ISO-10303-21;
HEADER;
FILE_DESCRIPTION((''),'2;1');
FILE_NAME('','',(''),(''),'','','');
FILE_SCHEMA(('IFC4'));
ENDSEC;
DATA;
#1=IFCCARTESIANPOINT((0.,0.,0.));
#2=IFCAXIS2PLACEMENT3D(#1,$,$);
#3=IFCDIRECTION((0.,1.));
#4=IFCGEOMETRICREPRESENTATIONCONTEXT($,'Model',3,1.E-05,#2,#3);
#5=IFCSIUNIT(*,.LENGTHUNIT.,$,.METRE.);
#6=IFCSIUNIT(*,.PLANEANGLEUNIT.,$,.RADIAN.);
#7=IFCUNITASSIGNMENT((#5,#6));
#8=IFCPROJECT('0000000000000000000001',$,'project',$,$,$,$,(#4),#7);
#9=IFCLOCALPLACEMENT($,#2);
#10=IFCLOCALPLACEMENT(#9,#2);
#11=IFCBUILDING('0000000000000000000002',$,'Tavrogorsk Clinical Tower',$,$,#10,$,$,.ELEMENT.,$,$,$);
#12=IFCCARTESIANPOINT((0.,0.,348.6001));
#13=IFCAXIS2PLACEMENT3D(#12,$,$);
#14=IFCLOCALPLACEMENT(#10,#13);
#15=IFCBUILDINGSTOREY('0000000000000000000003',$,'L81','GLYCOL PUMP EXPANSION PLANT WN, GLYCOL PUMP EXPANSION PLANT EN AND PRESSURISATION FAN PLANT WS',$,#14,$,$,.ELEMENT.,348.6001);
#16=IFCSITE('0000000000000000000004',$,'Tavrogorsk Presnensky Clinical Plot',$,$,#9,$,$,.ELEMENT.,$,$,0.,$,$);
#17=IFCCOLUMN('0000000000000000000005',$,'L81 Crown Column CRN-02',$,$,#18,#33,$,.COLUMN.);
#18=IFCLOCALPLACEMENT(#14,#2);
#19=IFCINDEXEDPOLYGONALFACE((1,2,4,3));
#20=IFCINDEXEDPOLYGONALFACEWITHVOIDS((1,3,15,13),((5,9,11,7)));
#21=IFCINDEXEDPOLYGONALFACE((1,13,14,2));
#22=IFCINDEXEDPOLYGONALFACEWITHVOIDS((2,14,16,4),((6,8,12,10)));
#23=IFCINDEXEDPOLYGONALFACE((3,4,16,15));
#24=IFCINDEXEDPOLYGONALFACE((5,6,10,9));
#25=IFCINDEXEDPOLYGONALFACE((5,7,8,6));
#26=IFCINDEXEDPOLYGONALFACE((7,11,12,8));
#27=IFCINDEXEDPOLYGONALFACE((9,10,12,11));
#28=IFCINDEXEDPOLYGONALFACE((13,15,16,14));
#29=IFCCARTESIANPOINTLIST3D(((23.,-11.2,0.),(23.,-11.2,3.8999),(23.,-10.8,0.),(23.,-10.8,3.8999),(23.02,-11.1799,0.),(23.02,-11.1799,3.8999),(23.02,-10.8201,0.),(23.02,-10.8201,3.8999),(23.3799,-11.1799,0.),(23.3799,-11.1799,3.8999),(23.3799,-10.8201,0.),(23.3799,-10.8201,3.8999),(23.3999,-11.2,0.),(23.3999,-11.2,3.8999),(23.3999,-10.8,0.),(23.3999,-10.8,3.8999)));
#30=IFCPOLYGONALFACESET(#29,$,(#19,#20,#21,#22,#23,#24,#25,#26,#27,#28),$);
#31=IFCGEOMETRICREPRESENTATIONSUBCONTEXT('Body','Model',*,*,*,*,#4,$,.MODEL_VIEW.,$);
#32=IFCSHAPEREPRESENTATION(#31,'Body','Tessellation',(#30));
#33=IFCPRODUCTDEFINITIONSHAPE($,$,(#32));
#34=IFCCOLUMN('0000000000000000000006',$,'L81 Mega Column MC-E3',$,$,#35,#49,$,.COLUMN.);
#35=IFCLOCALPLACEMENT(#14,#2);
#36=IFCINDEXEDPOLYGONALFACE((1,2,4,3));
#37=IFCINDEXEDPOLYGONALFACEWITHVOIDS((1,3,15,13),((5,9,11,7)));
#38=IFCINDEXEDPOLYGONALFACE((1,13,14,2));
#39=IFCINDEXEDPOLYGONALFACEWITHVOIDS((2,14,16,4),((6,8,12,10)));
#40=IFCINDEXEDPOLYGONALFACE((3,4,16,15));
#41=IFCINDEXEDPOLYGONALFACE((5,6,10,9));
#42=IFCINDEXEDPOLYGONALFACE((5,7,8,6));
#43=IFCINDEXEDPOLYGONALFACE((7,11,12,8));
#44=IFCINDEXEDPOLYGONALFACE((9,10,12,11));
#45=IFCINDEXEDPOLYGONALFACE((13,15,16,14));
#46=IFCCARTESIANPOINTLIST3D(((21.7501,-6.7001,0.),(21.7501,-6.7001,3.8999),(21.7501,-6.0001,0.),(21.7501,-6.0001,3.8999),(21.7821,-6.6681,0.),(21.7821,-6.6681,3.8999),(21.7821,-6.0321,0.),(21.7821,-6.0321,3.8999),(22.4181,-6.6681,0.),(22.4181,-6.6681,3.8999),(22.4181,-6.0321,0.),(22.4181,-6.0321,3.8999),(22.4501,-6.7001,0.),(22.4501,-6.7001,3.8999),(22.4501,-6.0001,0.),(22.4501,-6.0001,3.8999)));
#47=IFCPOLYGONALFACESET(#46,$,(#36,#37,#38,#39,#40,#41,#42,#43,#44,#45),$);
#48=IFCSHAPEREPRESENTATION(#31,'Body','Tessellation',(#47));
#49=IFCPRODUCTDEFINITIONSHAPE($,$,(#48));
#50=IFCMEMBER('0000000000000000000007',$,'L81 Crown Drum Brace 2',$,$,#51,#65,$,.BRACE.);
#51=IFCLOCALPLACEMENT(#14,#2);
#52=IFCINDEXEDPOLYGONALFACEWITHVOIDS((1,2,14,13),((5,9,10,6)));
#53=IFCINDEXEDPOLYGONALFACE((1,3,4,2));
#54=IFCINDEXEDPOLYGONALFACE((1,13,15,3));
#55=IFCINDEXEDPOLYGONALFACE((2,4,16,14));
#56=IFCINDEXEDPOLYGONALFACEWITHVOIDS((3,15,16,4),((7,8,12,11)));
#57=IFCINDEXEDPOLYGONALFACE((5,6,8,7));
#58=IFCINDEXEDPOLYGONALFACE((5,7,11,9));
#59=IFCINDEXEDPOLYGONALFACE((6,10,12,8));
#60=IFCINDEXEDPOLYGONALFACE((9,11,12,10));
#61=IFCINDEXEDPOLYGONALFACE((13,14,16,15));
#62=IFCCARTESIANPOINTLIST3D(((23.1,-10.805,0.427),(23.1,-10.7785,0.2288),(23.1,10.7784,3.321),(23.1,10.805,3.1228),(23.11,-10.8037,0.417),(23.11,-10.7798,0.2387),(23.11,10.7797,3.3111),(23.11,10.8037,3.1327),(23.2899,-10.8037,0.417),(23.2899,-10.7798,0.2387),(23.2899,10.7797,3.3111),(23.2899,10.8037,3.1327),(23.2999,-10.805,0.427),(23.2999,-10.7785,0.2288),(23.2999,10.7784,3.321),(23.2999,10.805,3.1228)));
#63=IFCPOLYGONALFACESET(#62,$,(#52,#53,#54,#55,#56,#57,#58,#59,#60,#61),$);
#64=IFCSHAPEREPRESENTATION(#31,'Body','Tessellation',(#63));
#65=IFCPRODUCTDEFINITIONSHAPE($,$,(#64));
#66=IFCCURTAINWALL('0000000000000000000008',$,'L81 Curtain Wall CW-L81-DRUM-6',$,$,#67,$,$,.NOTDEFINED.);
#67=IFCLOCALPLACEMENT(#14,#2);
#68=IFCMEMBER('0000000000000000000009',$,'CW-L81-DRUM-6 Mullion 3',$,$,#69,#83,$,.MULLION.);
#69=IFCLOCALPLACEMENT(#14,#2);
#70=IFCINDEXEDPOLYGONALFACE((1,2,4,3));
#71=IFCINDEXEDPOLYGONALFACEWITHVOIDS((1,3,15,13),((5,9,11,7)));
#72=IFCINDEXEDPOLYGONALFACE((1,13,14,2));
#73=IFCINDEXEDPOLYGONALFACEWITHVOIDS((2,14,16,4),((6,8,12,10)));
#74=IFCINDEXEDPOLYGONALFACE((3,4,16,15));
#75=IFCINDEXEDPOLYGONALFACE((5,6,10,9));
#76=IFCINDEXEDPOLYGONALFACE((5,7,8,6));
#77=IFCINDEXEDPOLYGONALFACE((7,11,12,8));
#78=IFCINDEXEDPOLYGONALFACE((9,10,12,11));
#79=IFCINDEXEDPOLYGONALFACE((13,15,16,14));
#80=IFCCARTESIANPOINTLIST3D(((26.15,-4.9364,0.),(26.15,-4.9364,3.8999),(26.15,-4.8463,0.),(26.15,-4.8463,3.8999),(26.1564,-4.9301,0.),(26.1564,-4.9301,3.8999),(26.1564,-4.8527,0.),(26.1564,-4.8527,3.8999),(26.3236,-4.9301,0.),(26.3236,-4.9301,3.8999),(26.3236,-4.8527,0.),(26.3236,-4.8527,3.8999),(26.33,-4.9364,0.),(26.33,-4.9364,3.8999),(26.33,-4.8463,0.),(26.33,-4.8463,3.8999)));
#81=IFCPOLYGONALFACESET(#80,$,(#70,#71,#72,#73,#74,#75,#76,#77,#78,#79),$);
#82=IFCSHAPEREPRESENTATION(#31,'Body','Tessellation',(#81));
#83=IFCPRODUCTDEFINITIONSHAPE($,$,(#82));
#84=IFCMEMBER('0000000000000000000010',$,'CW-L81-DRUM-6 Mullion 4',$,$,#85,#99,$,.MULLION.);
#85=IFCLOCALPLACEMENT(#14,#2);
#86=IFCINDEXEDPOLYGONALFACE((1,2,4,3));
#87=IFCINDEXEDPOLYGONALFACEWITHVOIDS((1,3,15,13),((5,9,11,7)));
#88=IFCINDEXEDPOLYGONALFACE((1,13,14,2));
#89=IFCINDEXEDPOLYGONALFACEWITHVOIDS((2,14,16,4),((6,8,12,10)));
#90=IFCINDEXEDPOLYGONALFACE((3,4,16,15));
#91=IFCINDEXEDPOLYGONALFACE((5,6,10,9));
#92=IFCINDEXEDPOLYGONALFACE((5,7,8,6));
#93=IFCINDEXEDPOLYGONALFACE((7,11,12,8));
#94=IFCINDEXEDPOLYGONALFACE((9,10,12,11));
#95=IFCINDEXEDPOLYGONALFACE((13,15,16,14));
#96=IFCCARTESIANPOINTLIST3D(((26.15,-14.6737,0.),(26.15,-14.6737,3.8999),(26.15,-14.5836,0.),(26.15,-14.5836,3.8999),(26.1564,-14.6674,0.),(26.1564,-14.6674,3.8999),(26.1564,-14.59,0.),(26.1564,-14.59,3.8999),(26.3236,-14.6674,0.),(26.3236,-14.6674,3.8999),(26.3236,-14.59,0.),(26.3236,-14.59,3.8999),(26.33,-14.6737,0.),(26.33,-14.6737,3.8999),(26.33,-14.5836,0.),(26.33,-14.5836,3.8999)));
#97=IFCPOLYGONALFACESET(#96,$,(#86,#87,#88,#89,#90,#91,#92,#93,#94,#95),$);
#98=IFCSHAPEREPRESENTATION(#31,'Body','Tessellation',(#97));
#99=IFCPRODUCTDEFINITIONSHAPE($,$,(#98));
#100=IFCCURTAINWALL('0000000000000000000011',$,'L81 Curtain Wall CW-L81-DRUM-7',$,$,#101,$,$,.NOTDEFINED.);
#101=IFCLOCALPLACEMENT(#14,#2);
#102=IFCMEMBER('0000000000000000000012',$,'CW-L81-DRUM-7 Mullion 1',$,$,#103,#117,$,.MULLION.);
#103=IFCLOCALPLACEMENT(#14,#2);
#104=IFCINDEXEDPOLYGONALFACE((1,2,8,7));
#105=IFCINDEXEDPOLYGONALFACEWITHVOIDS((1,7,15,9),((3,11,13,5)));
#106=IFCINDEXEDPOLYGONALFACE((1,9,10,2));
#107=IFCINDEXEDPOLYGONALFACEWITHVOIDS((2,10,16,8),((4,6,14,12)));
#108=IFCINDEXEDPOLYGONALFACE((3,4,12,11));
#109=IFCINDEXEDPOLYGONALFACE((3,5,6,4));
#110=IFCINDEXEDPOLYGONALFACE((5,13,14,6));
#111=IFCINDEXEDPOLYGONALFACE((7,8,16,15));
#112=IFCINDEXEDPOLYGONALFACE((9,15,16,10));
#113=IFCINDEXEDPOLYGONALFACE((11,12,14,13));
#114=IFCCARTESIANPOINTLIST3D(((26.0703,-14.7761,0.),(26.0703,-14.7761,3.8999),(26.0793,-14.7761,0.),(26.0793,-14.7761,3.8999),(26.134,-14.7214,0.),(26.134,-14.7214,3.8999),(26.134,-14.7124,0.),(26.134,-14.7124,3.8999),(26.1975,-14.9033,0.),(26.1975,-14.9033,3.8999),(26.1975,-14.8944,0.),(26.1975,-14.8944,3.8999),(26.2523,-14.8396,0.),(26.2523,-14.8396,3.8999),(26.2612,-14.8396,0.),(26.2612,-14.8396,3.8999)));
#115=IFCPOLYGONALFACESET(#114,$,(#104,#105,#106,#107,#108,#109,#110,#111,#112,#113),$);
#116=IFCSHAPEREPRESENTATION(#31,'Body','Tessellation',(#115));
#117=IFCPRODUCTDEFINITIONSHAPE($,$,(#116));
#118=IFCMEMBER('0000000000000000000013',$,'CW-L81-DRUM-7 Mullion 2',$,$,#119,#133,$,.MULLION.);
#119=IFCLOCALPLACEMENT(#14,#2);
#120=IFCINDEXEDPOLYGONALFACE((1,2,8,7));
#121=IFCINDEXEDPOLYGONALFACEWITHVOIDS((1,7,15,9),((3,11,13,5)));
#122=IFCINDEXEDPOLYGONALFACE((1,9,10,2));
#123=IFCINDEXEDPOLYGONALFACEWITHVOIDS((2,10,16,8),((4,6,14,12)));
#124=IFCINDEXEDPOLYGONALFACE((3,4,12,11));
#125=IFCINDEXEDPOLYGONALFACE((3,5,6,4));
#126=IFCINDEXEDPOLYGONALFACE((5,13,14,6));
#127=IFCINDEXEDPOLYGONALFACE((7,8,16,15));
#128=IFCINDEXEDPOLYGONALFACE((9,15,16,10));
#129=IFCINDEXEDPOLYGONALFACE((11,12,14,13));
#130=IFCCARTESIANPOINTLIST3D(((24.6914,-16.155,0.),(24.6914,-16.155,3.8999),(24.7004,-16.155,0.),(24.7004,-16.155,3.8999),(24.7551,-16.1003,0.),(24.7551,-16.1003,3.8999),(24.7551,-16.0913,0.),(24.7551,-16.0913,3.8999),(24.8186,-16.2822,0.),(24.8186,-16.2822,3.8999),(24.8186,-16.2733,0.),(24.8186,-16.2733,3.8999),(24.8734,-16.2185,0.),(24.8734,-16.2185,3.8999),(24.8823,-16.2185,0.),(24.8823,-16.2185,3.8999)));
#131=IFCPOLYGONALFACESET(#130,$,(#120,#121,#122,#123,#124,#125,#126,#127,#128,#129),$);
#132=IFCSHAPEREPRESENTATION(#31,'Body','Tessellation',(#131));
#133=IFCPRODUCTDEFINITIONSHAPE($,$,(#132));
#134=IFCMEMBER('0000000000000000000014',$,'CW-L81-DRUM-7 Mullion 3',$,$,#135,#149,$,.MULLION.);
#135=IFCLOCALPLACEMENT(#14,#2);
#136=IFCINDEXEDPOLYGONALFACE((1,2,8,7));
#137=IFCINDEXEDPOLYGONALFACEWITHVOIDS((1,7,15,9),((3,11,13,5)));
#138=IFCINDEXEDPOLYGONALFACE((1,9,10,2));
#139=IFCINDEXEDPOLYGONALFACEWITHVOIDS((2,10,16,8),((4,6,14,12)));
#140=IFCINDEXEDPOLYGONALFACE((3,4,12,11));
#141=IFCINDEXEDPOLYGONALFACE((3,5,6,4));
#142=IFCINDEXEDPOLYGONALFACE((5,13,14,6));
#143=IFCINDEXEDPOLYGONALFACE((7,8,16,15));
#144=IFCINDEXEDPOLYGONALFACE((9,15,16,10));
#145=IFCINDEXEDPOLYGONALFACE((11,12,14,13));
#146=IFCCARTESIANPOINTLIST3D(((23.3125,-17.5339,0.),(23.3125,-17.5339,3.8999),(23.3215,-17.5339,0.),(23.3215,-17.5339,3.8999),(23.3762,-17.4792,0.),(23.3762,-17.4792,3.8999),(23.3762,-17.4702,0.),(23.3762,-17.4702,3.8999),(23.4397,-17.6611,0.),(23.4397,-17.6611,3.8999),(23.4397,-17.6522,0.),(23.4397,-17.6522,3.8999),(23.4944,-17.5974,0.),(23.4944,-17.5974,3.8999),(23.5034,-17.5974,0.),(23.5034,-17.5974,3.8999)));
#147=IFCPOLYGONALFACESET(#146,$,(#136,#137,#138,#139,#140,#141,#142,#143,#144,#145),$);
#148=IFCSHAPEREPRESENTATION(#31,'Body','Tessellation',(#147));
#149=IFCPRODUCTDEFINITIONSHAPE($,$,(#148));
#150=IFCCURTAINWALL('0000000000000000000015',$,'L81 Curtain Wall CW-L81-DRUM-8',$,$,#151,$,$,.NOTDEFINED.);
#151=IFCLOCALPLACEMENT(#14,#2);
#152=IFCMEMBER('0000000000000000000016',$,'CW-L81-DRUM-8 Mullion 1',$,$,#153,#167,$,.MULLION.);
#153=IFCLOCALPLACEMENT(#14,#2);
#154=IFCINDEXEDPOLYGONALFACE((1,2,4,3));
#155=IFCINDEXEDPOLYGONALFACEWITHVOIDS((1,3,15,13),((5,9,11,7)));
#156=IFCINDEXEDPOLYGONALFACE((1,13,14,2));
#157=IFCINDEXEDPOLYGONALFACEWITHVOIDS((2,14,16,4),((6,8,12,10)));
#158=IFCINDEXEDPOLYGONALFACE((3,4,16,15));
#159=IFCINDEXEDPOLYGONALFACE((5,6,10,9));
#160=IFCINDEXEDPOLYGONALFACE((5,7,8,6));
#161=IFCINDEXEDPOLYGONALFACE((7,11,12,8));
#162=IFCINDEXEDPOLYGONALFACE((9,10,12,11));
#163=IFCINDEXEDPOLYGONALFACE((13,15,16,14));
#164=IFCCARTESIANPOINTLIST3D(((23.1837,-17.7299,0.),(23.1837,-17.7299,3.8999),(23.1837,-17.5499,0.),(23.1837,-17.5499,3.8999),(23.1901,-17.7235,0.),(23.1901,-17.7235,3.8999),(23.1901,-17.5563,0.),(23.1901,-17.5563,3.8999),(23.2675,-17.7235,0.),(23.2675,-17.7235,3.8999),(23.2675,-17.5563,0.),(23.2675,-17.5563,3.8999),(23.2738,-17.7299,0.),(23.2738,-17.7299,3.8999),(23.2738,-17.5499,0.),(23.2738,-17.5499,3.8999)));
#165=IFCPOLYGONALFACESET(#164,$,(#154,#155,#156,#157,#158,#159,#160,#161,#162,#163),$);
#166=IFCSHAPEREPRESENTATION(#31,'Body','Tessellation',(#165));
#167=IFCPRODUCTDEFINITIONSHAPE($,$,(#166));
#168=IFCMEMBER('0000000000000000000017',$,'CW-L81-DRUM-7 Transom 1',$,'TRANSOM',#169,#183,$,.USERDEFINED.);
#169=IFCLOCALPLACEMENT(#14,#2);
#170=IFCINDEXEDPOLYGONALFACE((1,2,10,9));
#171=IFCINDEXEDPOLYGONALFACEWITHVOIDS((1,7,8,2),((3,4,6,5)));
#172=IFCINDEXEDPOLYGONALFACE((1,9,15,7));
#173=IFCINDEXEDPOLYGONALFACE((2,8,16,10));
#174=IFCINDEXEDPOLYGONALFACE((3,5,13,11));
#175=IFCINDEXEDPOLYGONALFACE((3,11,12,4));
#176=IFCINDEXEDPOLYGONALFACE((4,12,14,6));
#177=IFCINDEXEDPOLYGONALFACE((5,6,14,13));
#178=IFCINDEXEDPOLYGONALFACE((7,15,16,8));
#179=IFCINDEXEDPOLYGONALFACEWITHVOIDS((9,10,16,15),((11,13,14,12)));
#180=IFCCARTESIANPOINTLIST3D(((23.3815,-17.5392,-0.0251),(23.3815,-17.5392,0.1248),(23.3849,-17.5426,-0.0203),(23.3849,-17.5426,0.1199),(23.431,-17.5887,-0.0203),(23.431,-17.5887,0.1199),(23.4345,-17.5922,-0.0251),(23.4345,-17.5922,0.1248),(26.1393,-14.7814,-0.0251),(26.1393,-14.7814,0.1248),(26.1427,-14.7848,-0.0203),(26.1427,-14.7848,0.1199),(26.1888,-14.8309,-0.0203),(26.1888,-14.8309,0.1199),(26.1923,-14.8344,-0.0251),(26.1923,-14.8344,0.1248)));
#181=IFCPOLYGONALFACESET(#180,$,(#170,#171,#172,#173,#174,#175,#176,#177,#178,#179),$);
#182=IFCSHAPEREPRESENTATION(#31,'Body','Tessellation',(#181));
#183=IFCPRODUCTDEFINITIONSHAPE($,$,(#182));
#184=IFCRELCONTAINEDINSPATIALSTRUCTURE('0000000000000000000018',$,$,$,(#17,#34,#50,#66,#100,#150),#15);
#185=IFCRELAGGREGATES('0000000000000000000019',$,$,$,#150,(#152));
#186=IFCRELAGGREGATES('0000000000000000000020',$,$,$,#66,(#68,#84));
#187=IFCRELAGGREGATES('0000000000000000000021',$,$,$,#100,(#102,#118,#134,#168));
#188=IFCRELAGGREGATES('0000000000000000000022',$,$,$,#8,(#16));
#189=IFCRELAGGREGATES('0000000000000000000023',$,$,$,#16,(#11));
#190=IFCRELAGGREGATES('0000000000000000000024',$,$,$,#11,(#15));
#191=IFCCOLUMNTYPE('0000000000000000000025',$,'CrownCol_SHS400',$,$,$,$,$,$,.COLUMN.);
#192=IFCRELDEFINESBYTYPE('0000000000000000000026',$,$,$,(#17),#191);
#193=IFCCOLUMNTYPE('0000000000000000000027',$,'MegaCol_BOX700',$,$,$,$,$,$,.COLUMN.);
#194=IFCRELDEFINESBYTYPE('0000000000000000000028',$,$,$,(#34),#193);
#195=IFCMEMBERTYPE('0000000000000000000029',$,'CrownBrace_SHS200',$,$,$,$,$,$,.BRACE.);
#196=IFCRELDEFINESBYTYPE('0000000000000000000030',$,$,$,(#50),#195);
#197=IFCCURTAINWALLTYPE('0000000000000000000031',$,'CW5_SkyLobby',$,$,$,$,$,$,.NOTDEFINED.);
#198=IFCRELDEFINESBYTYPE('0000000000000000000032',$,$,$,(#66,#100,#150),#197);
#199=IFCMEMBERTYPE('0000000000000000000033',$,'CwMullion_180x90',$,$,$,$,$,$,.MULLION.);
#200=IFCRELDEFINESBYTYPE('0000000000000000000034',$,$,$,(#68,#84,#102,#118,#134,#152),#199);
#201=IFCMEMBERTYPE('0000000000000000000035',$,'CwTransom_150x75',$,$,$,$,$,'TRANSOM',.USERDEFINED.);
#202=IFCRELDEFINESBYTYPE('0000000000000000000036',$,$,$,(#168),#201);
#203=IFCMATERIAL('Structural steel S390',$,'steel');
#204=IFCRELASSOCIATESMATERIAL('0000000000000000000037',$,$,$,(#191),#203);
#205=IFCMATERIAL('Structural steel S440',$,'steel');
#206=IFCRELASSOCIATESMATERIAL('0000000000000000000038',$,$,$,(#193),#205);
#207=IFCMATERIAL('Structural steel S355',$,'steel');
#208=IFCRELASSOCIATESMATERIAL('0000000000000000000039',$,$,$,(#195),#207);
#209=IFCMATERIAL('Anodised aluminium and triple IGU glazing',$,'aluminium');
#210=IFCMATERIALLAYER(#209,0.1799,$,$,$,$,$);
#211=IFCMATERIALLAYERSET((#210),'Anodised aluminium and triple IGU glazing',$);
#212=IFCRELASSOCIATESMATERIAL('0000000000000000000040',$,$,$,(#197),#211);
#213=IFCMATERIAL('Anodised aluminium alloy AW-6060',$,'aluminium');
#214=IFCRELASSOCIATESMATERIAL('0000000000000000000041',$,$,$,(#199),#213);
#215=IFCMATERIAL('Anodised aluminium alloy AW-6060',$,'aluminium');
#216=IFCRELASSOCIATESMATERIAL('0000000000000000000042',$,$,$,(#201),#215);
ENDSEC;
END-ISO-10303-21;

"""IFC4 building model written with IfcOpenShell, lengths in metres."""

from ifc_helpers import new_model, si_unit, direction, frame, origin, origin_2d, place, context, subcontext, project, spatial, hollow_rectangle, extrude, material, layer, layer_set, material_profile, profile_set, type_object, element, aggregate, save


model = new_model("IFC4")

# Units and contexts
model_context = context("Model", 3, precision=1e-05, world=origin(), true_north=direction((0.0, 1.0)))
body_context = subcontext(model_context, "Body", "Model", "MODEL_VIEW")
ifc_project = project(units=[si_unit("LENGTHUNIT", "METRE"), si_unit("PLANEANGLEUNIT", "RADIAN")], contexts=[model_context])

# Site, building, storey
site_placement = place(None, origin())
site = spatial("IfcSite", under=ifc_project, at=site_placement, Name="Tavrogorsk Presnensky Clinical Plot", CompositionType="ELEMENT", RefElevation=0.0)
building_placement = place(site_placement, origin())
building = spatial("IfcBuilding", under=site, at=building_placement, Name="Tavrogorsk Clinical Tower", CompositionType="ELEMENT")
storey_placement = place(building_placement, frame((0.0, 0.0, 348.6001)))
storey = spatial("IfcBuildingStorey", under=building, at=storey_placement, Name="L81", Description="GLYCOL PUMP EXPANSION PLANT WN, GLYCOL PUMP EXPANSION PLANT EN AND PRESSURISATION FAN PLANT WS", CompositionType="ELEMENT", Elevation=348.6001)

# Columns
ifc_material_1 = material(Name="Structural steel S390", Category="steel")
ifc_material_profile_1 = material_profile(ifc_material_1, hollow_rectangle(XDim=0.3999, YDim=0.3999, WallThickness=0.02, at=origin_2d()), Name="SHS-400x400x20")
ifc_profile_set_1 = profile_set([ifc_material_profile_1], Name="Structural steel S390")
column_type_1 = type_object("IfcColumnType", Name="CrownCol_SHS400", PredefinedType="COLUMN", material=ifc_profile_set_1)
column_1_placement = place(storey_placement, frame((23.2, -11.0, 0.0), z_axis=(0.0, 0.0, 1.0), x_axis=(1.0, 0.0, 0.0)))
element("IfcColumn", 1, at=column_1_placement, inside=storey, type_object=column_type_1, Name="L81 Crown Column CRN-02", PredefinedType="COLUMN", context=body_context, shape_type="SweptSolid", body=[
    extrude(hollow_rectangle(XDim=0.3999, YDim=0.3999, WallThickness=0.02, at=origin_2d()), origin(), (0.0, 0.0, 1.0), 3.8999),
])
ifc_material_2 = material(Name="Structural steel S440", Category="steel")
ifc_material_profile_2 = material_profile(ifc_material_2, hollow_rectangle(XDim=0.7, YDim=0.7, WallThickness=0.032, at=origin_2d()), Name="BOX-700x700x32")
ifc_profile_set_2 = profile_set([ifc_material_profile_2], Name="Structural steel S440")
column_type_2 = type_object("IfcColumnType", Name="MegaCol_BOX700", PredefinedType="COLUMN", material=ifc_profile_set_2)
column_2_placement = place(storey_placement, frame((22.1001, -6.3501, 0.0), z_axis=(0.0, 0.0, 1.0), x_axis=(1.0, 0.0, 0.0)))
element("IfcColumn", 2, at=column_2_placement, inside=storey, type_object=column_type_2, Name="L81 Mega Column MC-E3", PredefinedType="COLUMN", context=body_context, shape_type="SweptSolid", body=[
    extrude(hollow_rectangle(XDim=0.7, YDim=0.7, WallThickness=0.032, at=origin_2d()), origin(), (0.0, 0.0, 1.0), 3.8999),
])

# Member
ifc_material_3 = material(Name="Structural steel S355", Category="steel")
ifc_material_profile_3 = material_profile(ifc_material_3, hollow_rectangle(XDim=0.2, YDim=0.2, WallThickness=0.01, at=origin_2d()), Name="SHS-200x200x10")
ifc_profile_set_3 = profile_set([ifc_material_profile_3], Name="Structural steel S355")
member_type_1 = type_object("IfcMemberType", Name="CrownBrace_SHS200", PredefinedType="BRACE", material=ifc_profile_set_3)
member_1_placement = place(storey_placement, frame((23.2, -10.7917, 0.3279), z_axis=(0.0, 0.99113, 0.132897), x_axis=(-1.0, 0.0, 0.0)))
element("IfcMember", 3, at=member_1_placement, inside=storey, type_object=member_type_1, Name="L81 Crown Drum Brace 2", PredefinedType="BRACE", context=body_context, shape_type="SweptSolid", body=[
    extrude(hollow_rectangle(XDim=0.2, YDim=0.2, WallThickness=0.01, at=origin_2d()), origin(), (0.0, 0.0, 1.0), 21.7766),
])

# Curtain walls, members
ifc_material_4 = material(Name="Anodised aluminium and triple IGU glazing", Category="aluminium")
ifc_layer_1 = layer(ifc_material_4, 0.1799)
ifc_layer_set_1 = layer_set([ifc_layer_1], Name="Anodised aluminium and triple IGU glazing")
curtain_wall_type = type_object("IfcCurtainWallType", Name="CW5_SkyLobby", PredefinedType="NOTDEFINED", material=ifc_layer_set_1)
curtain_wall_1_placement = place(storey_placement, origin())
curtain_wall_1 = element("IfcCurtainWall", 4, at=curtain_wall_1_placement, inside=storey, type_object=curtain_wall_type, Name="L81 Curtain Wall CW-L81-DRUM-6", PredefinedType="NOTDEFINED")
ifc_material_5 = material(Name="Anodised aluminium alloy AW-6060", Category="aluminium")
ifc_material_profile_4 = material_profile(ifc_material_5, hollow_rectangle(XDim=0.0901, YDim=0.1799, WallThickness=0.0063, at=origin_2d()), Name="RHS-180x90x6.3")
ifc_profile_set_4 = profile_set([ifc_material_profile_4], Name="Anodised aluminium alloy AW-6060")
member_type_2 = type_object("IfcMemberType", Name="CwMullion_180x90", PredefinedType="MULLION", material=ifc_profile_set_4)
member_2_placement = place(storey_placement, frame((26.24, -4.8914, 0.0), z_axis=(0.0, 0.0, 1.0), x_axis=(0.0, -1.0, 0.0)))
member_2 = element("IfcMember", 5, at=member_2_placement, type_object=member_type_2, Name="CW-L81-DRUM-6 Mullion 3", PredefinedType="MULLION", context=body_context, shape_type="SweptSolid", body=[
    extrude(hollow_rectangle(XDim=0.0901, YDim=0.1799, WallThickness=0.0063, at=origin_2d()), origin(), (0.0, 0.0, 1.0), 3.8999),
])
member_3_placement = place(storey_placement, frame((26.24, -14.6287, 0.0), z_axis=(0.0, 0.0, 1.0), x_axis=(0.0, -1.0, 0.0)))
member_3 = element("IfcMember", 6, at=member_3_placement, type_object=member_type_2, Name="CW-L81-DRUM-6 Mullion 4", PredefinedType="MULLION", context=body_context, shape_type="SweptSolid", body=[
    extrude(hollow_rectangle(XDim=0.0901, YDim=0.1799, WallThickness=0.0063, at=origin_2d()), origin(), (0.0, 0.0, 1.0), 3.8999),
])
curtain_wall_2_placement = place(storey_placement, origin())
curtain_wall_2 = element("IfcCurtainWall", 7, at=curtain_wall_2_placement, inside=storey, type_object=curtain_wall_type, Name="L81 Curtain Wall CW-L81-DRUM-7", PredefinedType="NOTDEFINED")
member_4_placement = place(storey_placement, frame((26.1658, -14.8079, 0.0), z_axis=(0.0, 0.0, 1.0), x_axis=(-0.707107, -0.707107, 0.0)))
member_4 = element("IfcMember", 8, at=member_4_placement, type_object=member_type_2, Name="CW-L81-DRUM-7 Mullion 1", PredefinedType="MULLION", context=body_context, shape_type="SweptSolid", body=[
    extrude(hollow_rectangle(XDim=0.0901, YDim=0.1799, WallThickness=0.0063, at=origin_2d()), origin(), (0.0, 0.0, 1.0), 3.8999),
])
member_5_placement = place(storey_placement, frame((24.7869, -16.1868, 0.0), z_axis=(0.0, 0.0, 1.0), x_axis=(-0.707107, -0.707107, 0.0)))
member_5 = element("IfcMember", 9, at=member_5_placement, type_object=member_type_2, Name="CW-L81-DRUM-7 Mullion 2", PredefinedType="MULLION", context=body_context, shape_type="SweptSolid", body=[
    extrude(hollow_rectangle(XDim=0.0901, YDim=0.1799, WallThickness=0.0063, at=origin_2d()), origin(), (0.0, 0.0, 1.0), 3.8999),
])
member_6_placement = place(storey_placement, frame((23.408, -17.5657, 0.0), z_axis=(0.0, 0.0, 1.0), x_axis=(-0.707107, -0.707107, 0.0)))
member_6 = element("IfcMember", 10, at=member_6_placement, type_object=member_type_2, Name="CW-L81-DRUM-7 Mullion 3", PredefinedType="MULLION", context=body_context, shape_type="SweptSolid", body=[
    extrude(hollow_rectangle(XDim=0.0901, YDim=0.1799, WallThickness=0.0063, at=origin_2d()), origin(), (0.0, 0.0, 1.0), 3.8999),
])

# Curtain wall, member
curtain_wall_3_placement = place(storey_placement, origin())
curtain_wall_3 = element("IfcCurtainWall", 11, at=curtain_wall_3_placement, inside=storey, type_object=curtain_wall_type, Name="L81 Curtain Wall CW-L81-DRUM-8", PredefinedType="NOTDEFINED")
member_7_placement = place(storey_placement, frame((23.2288, -17.6399, 0.0), z_axis=(0.0, 0.0, 1.0), x_axis=(-1.0, 0.0, 0.0)))
member_7 = element("IfcMember", 12, at=member_7_placement, type_object=member_type_2, Name="CW-L81-DRUM-8 Mullion 1", PredefinedType="MULLION", context=body_context, shape_type="SweptSolid", body=[
    extrude(hollow_rectangle(XDim=0.0901, YDim=0.1799, WallThickness=0.0063, at=origin_2d()), origin(), (0.0, 0.0, 1.0), 3.8999),
])

# Member
ifc_material_6 = material(Name="Anodised aluminium alloy AW-6060", Category="aluminium")
ifc_material_profile_5 = material_profile(ifc_material_6, hollow_rectangle(XDim=0.075, YDim=0.1499, WallThickness=0.0049, at=origin_2d()), Name="RHS-150x75x5")
ifc_profile_set_5 = profile_set([ifc_material_profile_5], Name="Anodised aluminium alloy AW-6060")
member_type_3 = type_object("IfcMemberType", Name="CwTransom_150x75", ElementType="TRANSOM", PredefinedType="USERDEFINED", material=ifc_profile_set_5)
member_8_placement = place(storey_placement, frame((26.1658, -14.8079, 0.0498), z_axis=(-0.707107, -0.707107, 0.0), x_axis=(0.707107, -0.707107, 0.0)))
member_8 = element("IfcMember", 13, at=member_8_placement, type_object=member_type_3, Name="CW-L81-DRUM-7 Transom 1", ObjectType="TRANSOM", PredefinedType="USERDEFINED", context=body_context, shape_type="SweptSolid", body=[
    extrude(hollow_rectangle(XDim=0.075, YDim=0.1499, WallThickness=0.0049, at=origin_2d()), origin(), (0.0, 0.0, 1.0), 3.9001),
])
aggregate(curtain_wall_3, [member_7])

aggregate(curtain_wall_1, [member_2, member_3])
aggregate(curtain_wall_2, [member_4, member_5, member_6, member_8])

save(model, "model.ifc")
